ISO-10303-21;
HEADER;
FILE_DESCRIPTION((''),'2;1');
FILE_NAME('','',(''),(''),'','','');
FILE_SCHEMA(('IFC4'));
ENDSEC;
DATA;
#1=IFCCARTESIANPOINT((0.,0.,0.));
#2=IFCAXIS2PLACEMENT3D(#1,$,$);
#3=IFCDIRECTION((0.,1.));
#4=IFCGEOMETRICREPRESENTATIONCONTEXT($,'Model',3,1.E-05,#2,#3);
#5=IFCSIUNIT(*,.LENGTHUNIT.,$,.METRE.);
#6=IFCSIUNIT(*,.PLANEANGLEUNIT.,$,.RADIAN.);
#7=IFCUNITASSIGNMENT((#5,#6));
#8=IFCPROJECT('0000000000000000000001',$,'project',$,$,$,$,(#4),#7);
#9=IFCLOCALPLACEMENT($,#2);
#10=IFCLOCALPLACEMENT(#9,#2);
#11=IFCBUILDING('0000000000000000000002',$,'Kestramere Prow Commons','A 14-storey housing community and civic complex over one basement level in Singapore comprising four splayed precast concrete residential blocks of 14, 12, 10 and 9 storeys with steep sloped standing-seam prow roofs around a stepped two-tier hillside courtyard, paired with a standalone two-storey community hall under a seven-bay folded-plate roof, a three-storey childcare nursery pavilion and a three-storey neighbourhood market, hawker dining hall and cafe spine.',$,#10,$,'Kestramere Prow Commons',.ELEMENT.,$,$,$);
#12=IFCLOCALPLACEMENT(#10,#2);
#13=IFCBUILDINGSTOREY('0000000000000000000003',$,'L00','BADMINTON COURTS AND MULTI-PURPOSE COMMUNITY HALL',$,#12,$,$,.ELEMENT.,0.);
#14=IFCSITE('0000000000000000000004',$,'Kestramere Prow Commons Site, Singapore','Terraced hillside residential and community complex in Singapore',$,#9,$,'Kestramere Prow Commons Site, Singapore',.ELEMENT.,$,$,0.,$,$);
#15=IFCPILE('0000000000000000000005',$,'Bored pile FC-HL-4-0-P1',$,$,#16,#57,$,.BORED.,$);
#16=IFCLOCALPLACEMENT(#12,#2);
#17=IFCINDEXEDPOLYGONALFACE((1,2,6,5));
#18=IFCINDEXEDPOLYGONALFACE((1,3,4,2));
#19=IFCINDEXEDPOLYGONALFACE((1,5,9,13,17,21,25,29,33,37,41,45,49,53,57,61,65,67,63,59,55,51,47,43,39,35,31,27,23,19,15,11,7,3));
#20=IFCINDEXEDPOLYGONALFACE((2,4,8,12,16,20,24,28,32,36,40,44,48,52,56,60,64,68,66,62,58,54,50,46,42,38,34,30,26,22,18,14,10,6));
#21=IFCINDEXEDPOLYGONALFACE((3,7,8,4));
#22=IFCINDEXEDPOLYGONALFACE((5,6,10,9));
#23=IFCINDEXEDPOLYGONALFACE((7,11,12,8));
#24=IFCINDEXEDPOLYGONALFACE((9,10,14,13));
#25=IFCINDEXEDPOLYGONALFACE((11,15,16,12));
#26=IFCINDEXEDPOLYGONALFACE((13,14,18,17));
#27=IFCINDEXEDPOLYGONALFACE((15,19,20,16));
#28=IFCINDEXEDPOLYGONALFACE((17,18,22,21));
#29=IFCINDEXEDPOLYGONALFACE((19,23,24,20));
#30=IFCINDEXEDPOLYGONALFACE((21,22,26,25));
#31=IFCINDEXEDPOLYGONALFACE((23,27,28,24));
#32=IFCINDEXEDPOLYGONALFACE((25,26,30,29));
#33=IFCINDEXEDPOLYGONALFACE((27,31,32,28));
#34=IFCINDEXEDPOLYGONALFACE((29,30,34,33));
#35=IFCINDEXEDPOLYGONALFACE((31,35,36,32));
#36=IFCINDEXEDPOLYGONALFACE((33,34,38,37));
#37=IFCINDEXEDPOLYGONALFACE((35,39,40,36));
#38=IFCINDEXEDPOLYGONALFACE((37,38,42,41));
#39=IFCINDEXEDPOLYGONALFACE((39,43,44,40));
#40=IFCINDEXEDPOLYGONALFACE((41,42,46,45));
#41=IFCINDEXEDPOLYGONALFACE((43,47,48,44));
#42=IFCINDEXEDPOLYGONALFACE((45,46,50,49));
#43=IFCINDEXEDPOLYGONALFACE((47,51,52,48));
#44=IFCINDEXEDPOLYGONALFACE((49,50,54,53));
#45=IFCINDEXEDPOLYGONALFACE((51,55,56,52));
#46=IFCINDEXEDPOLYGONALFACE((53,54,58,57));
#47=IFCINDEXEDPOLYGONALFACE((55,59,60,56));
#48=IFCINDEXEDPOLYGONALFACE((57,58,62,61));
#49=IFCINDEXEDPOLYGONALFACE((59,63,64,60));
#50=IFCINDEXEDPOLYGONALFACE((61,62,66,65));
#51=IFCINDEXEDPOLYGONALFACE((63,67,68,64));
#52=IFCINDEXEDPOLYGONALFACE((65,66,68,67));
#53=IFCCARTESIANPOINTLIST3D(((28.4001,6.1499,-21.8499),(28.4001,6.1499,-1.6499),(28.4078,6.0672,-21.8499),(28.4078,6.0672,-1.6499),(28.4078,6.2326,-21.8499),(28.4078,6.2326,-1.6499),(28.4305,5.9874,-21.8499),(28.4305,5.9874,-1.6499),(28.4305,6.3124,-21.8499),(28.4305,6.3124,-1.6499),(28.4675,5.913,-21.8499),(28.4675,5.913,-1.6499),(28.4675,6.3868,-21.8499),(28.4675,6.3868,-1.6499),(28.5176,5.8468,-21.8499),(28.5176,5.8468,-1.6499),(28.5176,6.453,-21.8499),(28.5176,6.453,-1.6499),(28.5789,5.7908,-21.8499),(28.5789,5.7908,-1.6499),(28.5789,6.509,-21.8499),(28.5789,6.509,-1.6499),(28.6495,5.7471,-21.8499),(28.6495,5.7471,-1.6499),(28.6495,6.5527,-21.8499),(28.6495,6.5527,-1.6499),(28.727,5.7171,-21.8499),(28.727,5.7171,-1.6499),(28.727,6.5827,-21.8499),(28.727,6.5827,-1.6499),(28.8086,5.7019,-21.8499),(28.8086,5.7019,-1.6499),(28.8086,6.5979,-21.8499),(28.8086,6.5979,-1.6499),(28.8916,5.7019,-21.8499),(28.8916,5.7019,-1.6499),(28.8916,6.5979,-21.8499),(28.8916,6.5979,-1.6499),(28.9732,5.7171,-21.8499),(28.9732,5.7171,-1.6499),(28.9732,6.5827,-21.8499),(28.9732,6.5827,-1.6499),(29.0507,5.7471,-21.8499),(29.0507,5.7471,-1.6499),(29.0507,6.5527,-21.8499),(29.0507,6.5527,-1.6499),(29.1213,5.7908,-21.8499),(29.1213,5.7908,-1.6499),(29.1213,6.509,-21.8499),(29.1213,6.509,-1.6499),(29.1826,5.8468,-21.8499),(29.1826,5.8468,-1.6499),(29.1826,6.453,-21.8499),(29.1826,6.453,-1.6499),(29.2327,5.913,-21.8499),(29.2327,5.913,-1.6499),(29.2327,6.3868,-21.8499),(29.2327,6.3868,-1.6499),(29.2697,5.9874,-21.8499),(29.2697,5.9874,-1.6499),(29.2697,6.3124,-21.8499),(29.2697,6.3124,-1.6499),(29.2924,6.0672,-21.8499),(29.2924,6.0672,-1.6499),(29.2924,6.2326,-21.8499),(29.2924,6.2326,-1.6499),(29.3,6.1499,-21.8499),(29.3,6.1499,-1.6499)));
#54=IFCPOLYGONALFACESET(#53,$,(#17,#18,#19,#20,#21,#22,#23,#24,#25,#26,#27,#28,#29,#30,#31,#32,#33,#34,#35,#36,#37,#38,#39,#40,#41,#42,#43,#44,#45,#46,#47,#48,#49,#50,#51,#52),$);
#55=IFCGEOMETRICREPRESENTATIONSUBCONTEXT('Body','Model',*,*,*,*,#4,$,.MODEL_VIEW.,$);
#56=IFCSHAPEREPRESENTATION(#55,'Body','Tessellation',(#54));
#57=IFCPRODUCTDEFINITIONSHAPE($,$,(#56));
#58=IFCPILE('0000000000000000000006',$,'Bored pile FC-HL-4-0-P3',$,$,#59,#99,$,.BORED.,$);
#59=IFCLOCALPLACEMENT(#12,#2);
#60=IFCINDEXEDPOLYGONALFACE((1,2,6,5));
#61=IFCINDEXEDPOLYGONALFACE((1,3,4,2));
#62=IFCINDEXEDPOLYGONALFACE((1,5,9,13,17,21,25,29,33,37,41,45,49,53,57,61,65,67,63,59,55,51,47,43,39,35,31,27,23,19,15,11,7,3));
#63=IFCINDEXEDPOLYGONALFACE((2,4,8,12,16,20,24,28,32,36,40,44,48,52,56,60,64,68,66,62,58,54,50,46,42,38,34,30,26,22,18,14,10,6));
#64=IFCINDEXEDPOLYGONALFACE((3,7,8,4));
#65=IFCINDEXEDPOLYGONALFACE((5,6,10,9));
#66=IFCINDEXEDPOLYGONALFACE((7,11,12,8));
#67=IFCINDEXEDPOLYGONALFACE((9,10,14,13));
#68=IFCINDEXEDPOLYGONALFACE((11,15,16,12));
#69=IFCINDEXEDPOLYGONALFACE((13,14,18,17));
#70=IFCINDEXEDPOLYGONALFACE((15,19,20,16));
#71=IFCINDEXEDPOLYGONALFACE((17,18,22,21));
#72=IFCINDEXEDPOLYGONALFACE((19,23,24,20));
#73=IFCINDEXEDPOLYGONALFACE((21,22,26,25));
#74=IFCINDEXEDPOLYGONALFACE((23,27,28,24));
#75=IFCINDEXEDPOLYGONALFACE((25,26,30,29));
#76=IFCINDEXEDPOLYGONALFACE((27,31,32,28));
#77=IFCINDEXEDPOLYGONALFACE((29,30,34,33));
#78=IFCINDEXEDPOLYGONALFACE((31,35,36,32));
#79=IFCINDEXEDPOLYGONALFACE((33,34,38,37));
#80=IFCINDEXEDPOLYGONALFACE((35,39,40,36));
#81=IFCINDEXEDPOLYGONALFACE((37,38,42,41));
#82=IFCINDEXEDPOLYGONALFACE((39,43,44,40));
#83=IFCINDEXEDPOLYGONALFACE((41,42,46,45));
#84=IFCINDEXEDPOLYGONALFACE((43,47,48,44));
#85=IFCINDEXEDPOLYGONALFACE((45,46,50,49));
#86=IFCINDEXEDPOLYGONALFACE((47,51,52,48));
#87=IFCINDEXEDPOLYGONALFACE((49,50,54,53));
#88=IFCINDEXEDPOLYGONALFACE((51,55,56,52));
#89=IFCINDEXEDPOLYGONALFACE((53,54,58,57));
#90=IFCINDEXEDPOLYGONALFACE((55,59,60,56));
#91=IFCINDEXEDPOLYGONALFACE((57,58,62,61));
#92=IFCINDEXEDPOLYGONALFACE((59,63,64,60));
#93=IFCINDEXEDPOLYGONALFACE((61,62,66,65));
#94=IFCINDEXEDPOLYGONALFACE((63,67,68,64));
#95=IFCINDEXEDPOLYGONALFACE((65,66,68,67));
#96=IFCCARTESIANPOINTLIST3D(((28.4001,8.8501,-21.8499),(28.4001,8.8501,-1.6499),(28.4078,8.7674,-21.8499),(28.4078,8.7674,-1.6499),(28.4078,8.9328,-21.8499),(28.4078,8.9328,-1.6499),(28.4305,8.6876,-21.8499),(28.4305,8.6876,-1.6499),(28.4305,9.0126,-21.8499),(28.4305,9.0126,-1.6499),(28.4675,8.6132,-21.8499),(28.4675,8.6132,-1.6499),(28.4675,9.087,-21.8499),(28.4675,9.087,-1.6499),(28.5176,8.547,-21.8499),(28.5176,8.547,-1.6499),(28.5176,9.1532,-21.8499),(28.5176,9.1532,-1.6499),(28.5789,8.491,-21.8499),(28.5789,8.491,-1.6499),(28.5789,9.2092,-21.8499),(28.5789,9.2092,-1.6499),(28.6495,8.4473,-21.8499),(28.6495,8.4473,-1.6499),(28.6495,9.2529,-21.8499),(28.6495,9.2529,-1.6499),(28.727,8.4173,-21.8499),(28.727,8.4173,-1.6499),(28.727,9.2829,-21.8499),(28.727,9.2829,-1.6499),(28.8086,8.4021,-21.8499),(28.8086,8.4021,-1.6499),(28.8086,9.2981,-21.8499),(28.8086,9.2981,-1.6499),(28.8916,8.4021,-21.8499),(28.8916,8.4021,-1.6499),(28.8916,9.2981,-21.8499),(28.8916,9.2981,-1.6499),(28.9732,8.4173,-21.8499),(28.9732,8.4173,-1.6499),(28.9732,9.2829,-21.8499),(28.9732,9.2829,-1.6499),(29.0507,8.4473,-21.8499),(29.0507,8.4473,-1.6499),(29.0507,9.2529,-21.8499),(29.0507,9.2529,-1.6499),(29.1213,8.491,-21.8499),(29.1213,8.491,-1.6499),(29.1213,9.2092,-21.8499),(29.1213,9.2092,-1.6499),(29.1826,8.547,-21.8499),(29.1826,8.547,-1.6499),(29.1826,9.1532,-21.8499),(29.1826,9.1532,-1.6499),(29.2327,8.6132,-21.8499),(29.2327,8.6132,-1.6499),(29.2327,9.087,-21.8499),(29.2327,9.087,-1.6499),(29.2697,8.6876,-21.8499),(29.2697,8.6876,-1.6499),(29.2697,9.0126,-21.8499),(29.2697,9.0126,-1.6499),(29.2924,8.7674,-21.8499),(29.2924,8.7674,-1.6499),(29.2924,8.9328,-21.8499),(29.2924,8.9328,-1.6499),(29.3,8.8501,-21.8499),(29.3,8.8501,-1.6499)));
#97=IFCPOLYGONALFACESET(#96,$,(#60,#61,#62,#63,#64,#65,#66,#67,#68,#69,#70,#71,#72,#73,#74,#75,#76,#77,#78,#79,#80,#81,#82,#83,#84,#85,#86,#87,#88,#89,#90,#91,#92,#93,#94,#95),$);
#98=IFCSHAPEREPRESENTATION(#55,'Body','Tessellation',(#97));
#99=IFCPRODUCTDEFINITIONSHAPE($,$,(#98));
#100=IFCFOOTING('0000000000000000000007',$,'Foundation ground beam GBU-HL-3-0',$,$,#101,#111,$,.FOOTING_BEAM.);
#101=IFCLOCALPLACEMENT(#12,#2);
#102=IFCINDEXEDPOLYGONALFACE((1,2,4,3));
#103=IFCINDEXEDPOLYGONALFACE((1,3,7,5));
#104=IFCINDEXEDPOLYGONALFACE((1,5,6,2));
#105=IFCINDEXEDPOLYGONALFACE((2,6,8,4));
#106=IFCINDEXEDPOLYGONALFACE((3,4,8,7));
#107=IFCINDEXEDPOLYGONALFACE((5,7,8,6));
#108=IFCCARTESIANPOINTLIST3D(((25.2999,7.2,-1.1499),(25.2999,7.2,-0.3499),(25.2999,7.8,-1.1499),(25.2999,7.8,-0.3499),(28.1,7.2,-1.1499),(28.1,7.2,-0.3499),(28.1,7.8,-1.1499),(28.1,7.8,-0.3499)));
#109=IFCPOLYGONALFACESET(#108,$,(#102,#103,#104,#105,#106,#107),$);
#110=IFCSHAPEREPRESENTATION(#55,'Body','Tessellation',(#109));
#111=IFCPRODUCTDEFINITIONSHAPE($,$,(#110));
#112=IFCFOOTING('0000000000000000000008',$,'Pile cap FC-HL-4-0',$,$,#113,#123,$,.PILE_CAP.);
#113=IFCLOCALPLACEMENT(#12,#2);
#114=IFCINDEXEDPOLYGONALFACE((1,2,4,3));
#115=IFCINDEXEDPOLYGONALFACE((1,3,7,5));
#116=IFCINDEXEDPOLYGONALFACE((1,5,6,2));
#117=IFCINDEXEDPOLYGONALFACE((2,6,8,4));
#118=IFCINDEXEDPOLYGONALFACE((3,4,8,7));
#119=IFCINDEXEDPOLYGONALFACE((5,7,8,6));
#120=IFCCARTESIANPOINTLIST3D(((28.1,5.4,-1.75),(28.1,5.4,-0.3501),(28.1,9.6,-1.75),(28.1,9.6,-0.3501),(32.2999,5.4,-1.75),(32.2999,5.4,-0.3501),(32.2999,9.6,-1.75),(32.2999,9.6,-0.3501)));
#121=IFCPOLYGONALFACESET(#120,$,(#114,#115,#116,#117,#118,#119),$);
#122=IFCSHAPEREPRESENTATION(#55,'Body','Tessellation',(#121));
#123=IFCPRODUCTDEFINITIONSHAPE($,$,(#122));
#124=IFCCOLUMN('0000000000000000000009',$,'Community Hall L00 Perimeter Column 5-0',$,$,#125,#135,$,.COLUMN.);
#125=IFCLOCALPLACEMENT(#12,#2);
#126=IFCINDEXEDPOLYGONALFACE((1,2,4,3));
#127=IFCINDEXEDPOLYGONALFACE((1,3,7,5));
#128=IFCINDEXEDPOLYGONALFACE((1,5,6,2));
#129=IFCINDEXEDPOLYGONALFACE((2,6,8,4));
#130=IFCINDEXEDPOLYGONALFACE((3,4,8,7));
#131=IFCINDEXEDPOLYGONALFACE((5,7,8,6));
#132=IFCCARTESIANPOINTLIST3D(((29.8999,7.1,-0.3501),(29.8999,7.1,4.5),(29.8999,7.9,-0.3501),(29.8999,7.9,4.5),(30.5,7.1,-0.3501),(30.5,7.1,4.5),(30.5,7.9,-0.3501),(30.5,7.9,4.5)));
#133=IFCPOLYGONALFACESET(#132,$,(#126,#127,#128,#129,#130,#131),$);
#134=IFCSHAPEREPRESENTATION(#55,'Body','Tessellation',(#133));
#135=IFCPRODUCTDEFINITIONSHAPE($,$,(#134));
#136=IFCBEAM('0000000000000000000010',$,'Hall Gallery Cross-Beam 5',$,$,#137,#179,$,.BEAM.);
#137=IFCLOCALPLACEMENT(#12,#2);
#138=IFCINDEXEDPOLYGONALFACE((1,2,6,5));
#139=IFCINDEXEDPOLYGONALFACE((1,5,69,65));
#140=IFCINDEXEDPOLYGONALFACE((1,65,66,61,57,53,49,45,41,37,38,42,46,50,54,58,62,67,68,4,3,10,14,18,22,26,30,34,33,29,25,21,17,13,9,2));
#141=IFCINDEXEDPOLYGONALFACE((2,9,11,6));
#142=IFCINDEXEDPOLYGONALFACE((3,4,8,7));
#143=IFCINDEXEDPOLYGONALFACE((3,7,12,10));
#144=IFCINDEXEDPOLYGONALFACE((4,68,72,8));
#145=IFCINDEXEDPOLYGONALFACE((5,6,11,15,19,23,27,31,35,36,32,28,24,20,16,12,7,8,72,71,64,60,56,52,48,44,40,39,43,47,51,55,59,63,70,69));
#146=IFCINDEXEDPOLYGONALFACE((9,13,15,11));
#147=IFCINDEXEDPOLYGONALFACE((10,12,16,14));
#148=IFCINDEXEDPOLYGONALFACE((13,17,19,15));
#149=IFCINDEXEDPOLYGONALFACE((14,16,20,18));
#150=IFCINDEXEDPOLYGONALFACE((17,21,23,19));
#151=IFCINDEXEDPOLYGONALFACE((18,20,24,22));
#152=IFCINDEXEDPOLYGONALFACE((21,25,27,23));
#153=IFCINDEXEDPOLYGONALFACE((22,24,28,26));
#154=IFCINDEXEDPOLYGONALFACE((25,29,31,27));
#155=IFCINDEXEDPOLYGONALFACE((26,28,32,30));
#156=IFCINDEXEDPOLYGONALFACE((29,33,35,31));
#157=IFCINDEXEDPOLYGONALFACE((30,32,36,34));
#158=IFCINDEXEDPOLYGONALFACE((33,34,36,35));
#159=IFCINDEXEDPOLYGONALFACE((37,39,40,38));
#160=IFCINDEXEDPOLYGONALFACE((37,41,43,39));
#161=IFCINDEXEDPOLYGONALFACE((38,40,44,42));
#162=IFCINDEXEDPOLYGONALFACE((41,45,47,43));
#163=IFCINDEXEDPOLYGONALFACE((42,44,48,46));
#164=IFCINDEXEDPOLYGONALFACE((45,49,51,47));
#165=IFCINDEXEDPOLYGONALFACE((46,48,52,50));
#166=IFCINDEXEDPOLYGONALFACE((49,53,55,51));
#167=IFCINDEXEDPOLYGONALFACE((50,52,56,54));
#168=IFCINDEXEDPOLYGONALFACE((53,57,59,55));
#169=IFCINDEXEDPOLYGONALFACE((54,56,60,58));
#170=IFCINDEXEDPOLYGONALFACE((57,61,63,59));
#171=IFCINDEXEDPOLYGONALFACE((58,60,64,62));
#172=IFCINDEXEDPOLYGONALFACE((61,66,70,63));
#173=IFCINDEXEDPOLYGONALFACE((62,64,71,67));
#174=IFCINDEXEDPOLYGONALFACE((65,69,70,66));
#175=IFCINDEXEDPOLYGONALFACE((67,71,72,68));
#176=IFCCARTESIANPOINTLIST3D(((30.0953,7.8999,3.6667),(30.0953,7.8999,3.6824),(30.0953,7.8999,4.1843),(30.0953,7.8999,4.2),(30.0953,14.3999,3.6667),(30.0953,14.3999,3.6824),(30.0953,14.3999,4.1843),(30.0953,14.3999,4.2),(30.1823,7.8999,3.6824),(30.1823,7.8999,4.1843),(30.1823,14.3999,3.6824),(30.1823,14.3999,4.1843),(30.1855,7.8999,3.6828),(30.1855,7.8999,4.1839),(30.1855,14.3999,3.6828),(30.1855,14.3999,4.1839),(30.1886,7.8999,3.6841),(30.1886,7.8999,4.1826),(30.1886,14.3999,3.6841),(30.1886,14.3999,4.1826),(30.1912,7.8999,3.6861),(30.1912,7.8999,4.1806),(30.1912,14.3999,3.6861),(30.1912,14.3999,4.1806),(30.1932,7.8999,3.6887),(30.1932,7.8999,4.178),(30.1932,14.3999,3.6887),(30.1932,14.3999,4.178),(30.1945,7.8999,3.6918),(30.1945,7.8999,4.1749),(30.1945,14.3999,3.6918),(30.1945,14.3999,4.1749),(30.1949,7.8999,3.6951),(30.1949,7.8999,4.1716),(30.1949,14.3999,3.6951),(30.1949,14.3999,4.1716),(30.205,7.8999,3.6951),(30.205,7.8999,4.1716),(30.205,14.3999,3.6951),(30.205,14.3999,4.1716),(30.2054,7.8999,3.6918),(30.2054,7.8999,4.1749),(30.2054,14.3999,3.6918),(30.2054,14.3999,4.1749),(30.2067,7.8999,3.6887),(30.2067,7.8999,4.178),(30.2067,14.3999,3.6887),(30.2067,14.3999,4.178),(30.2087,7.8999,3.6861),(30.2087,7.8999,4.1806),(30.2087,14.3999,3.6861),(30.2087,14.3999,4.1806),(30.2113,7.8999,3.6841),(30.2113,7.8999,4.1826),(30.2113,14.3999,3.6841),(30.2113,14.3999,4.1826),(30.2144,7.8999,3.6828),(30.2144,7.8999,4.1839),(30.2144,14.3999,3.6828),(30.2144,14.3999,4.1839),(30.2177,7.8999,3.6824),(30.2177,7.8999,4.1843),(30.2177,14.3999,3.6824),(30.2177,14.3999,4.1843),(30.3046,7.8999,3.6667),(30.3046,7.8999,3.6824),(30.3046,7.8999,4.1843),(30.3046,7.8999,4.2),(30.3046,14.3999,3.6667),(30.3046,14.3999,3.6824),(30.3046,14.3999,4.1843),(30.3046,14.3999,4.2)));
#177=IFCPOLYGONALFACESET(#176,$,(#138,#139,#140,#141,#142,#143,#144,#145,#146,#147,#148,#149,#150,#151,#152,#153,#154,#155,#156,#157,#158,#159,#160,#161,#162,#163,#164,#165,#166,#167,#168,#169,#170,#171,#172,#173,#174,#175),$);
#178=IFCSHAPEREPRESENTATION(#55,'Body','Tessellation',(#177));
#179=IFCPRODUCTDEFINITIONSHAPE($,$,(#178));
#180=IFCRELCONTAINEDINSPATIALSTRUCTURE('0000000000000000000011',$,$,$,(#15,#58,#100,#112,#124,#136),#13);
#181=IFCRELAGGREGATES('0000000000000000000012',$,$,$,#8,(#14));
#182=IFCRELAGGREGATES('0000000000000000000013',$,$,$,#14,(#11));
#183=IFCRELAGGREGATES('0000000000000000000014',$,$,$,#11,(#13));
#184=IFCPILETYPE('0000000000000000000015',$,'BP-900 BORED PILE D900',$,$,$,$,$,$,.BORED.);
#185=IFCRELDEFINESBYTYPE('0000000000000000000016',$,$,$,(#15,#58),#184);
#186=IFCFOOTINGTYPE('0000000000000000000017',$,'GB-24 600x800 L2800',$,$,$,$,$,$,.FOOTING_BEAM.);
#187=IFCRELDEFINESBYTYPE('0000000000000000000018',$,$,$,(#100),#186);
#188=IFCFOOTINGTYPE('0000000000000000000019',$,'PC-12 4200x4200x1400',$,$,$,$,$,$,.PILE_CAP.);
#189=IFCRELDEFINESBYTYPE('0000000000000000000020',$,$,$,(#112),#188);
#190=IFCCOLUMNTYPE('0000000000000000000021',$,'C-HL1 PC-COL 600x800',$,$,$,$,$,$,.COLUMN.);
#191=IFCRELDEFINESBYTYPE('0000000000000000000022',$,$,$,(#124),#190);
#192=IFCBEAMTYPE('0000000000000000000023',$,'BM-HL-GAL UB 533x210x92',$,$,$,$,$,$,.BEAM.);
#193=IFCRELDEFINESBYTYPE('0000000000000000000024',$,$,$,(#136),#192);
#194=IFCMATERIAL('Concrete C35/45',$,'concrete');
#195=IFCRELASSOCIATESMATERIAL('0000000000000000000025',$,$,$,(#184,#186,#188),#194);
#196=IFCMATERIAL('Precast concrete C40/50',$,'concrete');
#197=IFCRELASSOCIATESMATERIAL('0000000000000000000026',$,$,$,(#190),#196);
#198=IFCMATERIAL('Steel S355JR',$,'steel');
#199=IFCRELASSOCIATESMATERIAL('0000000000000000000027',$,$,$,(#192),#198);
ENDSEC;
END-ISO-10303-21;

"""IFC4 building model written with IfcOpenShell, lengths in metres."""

from ifc_helpers import new_model, si_unit, direction, frame, origin, origin_2d, place, context, subcontext, project, spatial, rectangle, circle, i_section, extrude, material, material_profile, profile_set, type_object, element, save


model = new_model("IFC4")

# Units and contexts
model_context = context("Model", 3, precision=1e-05, world=origin(), true_north=direction((0.0, 1.0)))
body_context = subcontext(model_context, "Body", "Model", "MODEL_VIEW")
ifc_project = project(units=[si_unit("LENGTHUNIT", "METRE"), si_unit("PLANEANGLEUNIT", "RADIAN")], contexts=[model_context])

# Site, building, storey
site_placement = place(None, origin())
site = spatial("IfcSite", under=ifc_project, at=site_placement, Name="Kestramere Prow Commons Site, Singapore", Description="Terraced hillside residential and community complex in Singapore", LongName="Kestramere Prow Commons Site, Singapore", CompositionType="ELEMENT", RefElevation=0.0)
building_placement = place(site_placement, origin())
building = spatial("IfcBuilding", under=site, at=building_placement, Name="Kestramere Prow Commons", Description="A 14-storey housing community and civic complex over one basement level in Singapore comprising four splayed precast concrete residential blocks of 14, 12, 10 and 9 storeys with steep sloped standing-seam prow roofs around a stepped two-tier hillside courtyard, paired with a standalone two-storey community hall under a seven-bay folded-plate roof, a three-storey childcare nursery pavilion and a three-storey neighbourhood market, hawker dining hall and cafe spine.", LongName="Kestramere Prow Commons", CompositionType="ELEMENT")
storey_placement = place(building_placement, origin())
storey = spatial("IfcBuildingStorey", under=building, at=storey_placement, Name="L00", Description="BADMINTON COURTS AND MULTI-PURPOSE COMMUNITY HALL", CompositionType="ELEMENT", Elevation=0.0)

# Piles
ifc_material_1 = material(Name="Concrete C35/45", Category="concrete")
ifc_material_profile_1 = material_profile(ifc_material_1, circle(Radius=0.45, at=origin_2d()), Name="BORED PILE D900")
ifc_profile_set_1 = profile_set([ifc_material_profile_1], Name="Concrete C35/45")
pile_type = type_object("IfcPileType", Name="BP-900 BORED PILE D900", PredefinedType="BORED", material=ifc_profile_set_1)
for number, where, z_axis, x_axis, name in (
    (1, (28.8501, 6.1499, -1.6499), (0.0, 0.0, -1.0), (1.0, 0.0, 0.0), "Bored pile FC-HL-4-0-P1"),
    (2, (28.8501, 8.8501, -1.6499), (0.0, 0.0, -1.0), (1.0, 0.0, 0.0), "Bored pile FC-HL-4-0-P3"),
):
    element("IfcPile", number, at=place(storey_placement, frame(where, z_axis=z_axis, x_axis=x_axis)), inside=storey, type_object=pile_type, Name=name, PredefinedType="BORED", context=body_context, shape_type="SweptSolid", body=[
        extrude(circle(Radius=0.45, at=origin_2d()), origin(), (0.0, 0.0, 1.0), 20.2),
    ])

# Footings
footing_type_1 = type_object("IfcFootingType", Name="GB-24 600x800 L2800", PredefinedType="FOOTING_BEAM", material=ifc_material_1)
footing_1_placement = place(storey_placement, frame((26.7, 7.5, -1.1499), z_axis=(0.0, 0.0, 1.0), x_axis=(1.0, 0.0, 0.0)))
element("IfcFooting", 3, at=footing_1_placement, inside=storey, type_object=footing_type_1, Name="Foundation ground beam GBU-HL-3-0", PredefinedType="FOOTING_BEAM", context=body_context, shape_type="SweptSolid", body=[
    extrude(rectangle(XDim=2.8, YDim=0.6001, at=origin_2d()), origin(), (0.0, 0.0, 1.0), 0.8),
])
footing_type_2 = type_object("IfcFootingType", Name="PC-12 4200x4200x1400", PredefinedType="PILE_CAP", material=ifc_material_1)
footing_2_placement = place(storey_placement, frame((30.2, 7.5, -1.75), z_axis=(0.0, 0.0, 1.0), x_axis=(1.0, 0.0, 0.0)))
element("IfcFooting", 4, at=footing_2_placement, inside=storey, type_object=footing_type_2, Name="Pile cap FC-HL-4-0", PredefinedType="PILE_CAP", context=body_context, shape_type="SweptSolid", body=[
    extrude(rectangle(XDim=4.2, YDim=4.2, at=origin_2d()), origin(), (0.0, 0.0, 1.0), 1.3999),
])

# Column
ifc_material_2 = material(Name="Precast concrete C40/50", Category="concrete")
ifc_material_profile_2 = material_profile(ifc_material_2, rectangle(XDim=0.6001, YDim=0.8, at=origin_2d()), Name="PC-COL 600x800")
ifc_profile_set_2 = profile_set([ifc_material_profile_2], Name="Precast concrete C40/50")
column_type = type_object("IfcColumnType", Name="C-HL1 PC-COL 600x800", PredefinedType="COLUMN", material=ifc_profile_set_2)
column_placement = place(storey_placement, frame((30.2, 7.5, -0.3501), z_axis=(0.0, 0.0, 1.0), x_axis=(1.0, 0.0, 0.0)))
element("IfcColumn", 5, at=column_placement, inside=storey, type_object=column_type, Name="Community Hall L00 Perimeter Column 5-0", PredefinedType="COLUMN", context=body_context, shape_type="SweptSolid", body=[
    extrude(rectangle(XDim=0.6001, YDim=0.8, at=origin_2d()), origin(), (0.0, 0.0, 1.0), 4.8501),
])

# Beam
ifc_material_3 = material(Name="Steel S355JR", Category="steel")
ifc_material_profile_3 = material_profile(ifc_material_3, i_section(OverallWidth=0.2092, OverallDepth=0.5332, WebThickness=0.01, FlangeThickness=0.0156, FilletRadius=0.0127, at=origin_2d()), Name="UB 533x210x92")
ifc_profile_set_3 = profile_set([ifc_material_profile_3], Name="Steel S355JR")
beam_type = type_object("IfcBeamType", Name="BM-HL-GAL UB 533x210x92", PredefinedType="BEAM", material=ifc_profile_set_3)
beam_placement = place(storey_placement, frame((30.2, 7.8999, 3.9333), z_axis=(0.0, 1.0, 0.0), x_axis=(-1.0, 0.0, 0.0)))
element("IfcBeam", 6, at=beam_placement, inside=storey, type_object=beam_type, Name="Hall Gallery Cross-Beam 5", PredefinedType="BEAM", context=body_context, shape_type="SweptSolid", body=[
    extrude(i_section(OverallWidth=0.2092, OverallDepth=0.5332, WebThickness=0.01, FlangeThickness=0.0156, FilletRadius=0.0127, at=origin_2d()), origin(), (0.0, 0.0, 1.0), 6.5),
])

save(model, "model.ifc")
